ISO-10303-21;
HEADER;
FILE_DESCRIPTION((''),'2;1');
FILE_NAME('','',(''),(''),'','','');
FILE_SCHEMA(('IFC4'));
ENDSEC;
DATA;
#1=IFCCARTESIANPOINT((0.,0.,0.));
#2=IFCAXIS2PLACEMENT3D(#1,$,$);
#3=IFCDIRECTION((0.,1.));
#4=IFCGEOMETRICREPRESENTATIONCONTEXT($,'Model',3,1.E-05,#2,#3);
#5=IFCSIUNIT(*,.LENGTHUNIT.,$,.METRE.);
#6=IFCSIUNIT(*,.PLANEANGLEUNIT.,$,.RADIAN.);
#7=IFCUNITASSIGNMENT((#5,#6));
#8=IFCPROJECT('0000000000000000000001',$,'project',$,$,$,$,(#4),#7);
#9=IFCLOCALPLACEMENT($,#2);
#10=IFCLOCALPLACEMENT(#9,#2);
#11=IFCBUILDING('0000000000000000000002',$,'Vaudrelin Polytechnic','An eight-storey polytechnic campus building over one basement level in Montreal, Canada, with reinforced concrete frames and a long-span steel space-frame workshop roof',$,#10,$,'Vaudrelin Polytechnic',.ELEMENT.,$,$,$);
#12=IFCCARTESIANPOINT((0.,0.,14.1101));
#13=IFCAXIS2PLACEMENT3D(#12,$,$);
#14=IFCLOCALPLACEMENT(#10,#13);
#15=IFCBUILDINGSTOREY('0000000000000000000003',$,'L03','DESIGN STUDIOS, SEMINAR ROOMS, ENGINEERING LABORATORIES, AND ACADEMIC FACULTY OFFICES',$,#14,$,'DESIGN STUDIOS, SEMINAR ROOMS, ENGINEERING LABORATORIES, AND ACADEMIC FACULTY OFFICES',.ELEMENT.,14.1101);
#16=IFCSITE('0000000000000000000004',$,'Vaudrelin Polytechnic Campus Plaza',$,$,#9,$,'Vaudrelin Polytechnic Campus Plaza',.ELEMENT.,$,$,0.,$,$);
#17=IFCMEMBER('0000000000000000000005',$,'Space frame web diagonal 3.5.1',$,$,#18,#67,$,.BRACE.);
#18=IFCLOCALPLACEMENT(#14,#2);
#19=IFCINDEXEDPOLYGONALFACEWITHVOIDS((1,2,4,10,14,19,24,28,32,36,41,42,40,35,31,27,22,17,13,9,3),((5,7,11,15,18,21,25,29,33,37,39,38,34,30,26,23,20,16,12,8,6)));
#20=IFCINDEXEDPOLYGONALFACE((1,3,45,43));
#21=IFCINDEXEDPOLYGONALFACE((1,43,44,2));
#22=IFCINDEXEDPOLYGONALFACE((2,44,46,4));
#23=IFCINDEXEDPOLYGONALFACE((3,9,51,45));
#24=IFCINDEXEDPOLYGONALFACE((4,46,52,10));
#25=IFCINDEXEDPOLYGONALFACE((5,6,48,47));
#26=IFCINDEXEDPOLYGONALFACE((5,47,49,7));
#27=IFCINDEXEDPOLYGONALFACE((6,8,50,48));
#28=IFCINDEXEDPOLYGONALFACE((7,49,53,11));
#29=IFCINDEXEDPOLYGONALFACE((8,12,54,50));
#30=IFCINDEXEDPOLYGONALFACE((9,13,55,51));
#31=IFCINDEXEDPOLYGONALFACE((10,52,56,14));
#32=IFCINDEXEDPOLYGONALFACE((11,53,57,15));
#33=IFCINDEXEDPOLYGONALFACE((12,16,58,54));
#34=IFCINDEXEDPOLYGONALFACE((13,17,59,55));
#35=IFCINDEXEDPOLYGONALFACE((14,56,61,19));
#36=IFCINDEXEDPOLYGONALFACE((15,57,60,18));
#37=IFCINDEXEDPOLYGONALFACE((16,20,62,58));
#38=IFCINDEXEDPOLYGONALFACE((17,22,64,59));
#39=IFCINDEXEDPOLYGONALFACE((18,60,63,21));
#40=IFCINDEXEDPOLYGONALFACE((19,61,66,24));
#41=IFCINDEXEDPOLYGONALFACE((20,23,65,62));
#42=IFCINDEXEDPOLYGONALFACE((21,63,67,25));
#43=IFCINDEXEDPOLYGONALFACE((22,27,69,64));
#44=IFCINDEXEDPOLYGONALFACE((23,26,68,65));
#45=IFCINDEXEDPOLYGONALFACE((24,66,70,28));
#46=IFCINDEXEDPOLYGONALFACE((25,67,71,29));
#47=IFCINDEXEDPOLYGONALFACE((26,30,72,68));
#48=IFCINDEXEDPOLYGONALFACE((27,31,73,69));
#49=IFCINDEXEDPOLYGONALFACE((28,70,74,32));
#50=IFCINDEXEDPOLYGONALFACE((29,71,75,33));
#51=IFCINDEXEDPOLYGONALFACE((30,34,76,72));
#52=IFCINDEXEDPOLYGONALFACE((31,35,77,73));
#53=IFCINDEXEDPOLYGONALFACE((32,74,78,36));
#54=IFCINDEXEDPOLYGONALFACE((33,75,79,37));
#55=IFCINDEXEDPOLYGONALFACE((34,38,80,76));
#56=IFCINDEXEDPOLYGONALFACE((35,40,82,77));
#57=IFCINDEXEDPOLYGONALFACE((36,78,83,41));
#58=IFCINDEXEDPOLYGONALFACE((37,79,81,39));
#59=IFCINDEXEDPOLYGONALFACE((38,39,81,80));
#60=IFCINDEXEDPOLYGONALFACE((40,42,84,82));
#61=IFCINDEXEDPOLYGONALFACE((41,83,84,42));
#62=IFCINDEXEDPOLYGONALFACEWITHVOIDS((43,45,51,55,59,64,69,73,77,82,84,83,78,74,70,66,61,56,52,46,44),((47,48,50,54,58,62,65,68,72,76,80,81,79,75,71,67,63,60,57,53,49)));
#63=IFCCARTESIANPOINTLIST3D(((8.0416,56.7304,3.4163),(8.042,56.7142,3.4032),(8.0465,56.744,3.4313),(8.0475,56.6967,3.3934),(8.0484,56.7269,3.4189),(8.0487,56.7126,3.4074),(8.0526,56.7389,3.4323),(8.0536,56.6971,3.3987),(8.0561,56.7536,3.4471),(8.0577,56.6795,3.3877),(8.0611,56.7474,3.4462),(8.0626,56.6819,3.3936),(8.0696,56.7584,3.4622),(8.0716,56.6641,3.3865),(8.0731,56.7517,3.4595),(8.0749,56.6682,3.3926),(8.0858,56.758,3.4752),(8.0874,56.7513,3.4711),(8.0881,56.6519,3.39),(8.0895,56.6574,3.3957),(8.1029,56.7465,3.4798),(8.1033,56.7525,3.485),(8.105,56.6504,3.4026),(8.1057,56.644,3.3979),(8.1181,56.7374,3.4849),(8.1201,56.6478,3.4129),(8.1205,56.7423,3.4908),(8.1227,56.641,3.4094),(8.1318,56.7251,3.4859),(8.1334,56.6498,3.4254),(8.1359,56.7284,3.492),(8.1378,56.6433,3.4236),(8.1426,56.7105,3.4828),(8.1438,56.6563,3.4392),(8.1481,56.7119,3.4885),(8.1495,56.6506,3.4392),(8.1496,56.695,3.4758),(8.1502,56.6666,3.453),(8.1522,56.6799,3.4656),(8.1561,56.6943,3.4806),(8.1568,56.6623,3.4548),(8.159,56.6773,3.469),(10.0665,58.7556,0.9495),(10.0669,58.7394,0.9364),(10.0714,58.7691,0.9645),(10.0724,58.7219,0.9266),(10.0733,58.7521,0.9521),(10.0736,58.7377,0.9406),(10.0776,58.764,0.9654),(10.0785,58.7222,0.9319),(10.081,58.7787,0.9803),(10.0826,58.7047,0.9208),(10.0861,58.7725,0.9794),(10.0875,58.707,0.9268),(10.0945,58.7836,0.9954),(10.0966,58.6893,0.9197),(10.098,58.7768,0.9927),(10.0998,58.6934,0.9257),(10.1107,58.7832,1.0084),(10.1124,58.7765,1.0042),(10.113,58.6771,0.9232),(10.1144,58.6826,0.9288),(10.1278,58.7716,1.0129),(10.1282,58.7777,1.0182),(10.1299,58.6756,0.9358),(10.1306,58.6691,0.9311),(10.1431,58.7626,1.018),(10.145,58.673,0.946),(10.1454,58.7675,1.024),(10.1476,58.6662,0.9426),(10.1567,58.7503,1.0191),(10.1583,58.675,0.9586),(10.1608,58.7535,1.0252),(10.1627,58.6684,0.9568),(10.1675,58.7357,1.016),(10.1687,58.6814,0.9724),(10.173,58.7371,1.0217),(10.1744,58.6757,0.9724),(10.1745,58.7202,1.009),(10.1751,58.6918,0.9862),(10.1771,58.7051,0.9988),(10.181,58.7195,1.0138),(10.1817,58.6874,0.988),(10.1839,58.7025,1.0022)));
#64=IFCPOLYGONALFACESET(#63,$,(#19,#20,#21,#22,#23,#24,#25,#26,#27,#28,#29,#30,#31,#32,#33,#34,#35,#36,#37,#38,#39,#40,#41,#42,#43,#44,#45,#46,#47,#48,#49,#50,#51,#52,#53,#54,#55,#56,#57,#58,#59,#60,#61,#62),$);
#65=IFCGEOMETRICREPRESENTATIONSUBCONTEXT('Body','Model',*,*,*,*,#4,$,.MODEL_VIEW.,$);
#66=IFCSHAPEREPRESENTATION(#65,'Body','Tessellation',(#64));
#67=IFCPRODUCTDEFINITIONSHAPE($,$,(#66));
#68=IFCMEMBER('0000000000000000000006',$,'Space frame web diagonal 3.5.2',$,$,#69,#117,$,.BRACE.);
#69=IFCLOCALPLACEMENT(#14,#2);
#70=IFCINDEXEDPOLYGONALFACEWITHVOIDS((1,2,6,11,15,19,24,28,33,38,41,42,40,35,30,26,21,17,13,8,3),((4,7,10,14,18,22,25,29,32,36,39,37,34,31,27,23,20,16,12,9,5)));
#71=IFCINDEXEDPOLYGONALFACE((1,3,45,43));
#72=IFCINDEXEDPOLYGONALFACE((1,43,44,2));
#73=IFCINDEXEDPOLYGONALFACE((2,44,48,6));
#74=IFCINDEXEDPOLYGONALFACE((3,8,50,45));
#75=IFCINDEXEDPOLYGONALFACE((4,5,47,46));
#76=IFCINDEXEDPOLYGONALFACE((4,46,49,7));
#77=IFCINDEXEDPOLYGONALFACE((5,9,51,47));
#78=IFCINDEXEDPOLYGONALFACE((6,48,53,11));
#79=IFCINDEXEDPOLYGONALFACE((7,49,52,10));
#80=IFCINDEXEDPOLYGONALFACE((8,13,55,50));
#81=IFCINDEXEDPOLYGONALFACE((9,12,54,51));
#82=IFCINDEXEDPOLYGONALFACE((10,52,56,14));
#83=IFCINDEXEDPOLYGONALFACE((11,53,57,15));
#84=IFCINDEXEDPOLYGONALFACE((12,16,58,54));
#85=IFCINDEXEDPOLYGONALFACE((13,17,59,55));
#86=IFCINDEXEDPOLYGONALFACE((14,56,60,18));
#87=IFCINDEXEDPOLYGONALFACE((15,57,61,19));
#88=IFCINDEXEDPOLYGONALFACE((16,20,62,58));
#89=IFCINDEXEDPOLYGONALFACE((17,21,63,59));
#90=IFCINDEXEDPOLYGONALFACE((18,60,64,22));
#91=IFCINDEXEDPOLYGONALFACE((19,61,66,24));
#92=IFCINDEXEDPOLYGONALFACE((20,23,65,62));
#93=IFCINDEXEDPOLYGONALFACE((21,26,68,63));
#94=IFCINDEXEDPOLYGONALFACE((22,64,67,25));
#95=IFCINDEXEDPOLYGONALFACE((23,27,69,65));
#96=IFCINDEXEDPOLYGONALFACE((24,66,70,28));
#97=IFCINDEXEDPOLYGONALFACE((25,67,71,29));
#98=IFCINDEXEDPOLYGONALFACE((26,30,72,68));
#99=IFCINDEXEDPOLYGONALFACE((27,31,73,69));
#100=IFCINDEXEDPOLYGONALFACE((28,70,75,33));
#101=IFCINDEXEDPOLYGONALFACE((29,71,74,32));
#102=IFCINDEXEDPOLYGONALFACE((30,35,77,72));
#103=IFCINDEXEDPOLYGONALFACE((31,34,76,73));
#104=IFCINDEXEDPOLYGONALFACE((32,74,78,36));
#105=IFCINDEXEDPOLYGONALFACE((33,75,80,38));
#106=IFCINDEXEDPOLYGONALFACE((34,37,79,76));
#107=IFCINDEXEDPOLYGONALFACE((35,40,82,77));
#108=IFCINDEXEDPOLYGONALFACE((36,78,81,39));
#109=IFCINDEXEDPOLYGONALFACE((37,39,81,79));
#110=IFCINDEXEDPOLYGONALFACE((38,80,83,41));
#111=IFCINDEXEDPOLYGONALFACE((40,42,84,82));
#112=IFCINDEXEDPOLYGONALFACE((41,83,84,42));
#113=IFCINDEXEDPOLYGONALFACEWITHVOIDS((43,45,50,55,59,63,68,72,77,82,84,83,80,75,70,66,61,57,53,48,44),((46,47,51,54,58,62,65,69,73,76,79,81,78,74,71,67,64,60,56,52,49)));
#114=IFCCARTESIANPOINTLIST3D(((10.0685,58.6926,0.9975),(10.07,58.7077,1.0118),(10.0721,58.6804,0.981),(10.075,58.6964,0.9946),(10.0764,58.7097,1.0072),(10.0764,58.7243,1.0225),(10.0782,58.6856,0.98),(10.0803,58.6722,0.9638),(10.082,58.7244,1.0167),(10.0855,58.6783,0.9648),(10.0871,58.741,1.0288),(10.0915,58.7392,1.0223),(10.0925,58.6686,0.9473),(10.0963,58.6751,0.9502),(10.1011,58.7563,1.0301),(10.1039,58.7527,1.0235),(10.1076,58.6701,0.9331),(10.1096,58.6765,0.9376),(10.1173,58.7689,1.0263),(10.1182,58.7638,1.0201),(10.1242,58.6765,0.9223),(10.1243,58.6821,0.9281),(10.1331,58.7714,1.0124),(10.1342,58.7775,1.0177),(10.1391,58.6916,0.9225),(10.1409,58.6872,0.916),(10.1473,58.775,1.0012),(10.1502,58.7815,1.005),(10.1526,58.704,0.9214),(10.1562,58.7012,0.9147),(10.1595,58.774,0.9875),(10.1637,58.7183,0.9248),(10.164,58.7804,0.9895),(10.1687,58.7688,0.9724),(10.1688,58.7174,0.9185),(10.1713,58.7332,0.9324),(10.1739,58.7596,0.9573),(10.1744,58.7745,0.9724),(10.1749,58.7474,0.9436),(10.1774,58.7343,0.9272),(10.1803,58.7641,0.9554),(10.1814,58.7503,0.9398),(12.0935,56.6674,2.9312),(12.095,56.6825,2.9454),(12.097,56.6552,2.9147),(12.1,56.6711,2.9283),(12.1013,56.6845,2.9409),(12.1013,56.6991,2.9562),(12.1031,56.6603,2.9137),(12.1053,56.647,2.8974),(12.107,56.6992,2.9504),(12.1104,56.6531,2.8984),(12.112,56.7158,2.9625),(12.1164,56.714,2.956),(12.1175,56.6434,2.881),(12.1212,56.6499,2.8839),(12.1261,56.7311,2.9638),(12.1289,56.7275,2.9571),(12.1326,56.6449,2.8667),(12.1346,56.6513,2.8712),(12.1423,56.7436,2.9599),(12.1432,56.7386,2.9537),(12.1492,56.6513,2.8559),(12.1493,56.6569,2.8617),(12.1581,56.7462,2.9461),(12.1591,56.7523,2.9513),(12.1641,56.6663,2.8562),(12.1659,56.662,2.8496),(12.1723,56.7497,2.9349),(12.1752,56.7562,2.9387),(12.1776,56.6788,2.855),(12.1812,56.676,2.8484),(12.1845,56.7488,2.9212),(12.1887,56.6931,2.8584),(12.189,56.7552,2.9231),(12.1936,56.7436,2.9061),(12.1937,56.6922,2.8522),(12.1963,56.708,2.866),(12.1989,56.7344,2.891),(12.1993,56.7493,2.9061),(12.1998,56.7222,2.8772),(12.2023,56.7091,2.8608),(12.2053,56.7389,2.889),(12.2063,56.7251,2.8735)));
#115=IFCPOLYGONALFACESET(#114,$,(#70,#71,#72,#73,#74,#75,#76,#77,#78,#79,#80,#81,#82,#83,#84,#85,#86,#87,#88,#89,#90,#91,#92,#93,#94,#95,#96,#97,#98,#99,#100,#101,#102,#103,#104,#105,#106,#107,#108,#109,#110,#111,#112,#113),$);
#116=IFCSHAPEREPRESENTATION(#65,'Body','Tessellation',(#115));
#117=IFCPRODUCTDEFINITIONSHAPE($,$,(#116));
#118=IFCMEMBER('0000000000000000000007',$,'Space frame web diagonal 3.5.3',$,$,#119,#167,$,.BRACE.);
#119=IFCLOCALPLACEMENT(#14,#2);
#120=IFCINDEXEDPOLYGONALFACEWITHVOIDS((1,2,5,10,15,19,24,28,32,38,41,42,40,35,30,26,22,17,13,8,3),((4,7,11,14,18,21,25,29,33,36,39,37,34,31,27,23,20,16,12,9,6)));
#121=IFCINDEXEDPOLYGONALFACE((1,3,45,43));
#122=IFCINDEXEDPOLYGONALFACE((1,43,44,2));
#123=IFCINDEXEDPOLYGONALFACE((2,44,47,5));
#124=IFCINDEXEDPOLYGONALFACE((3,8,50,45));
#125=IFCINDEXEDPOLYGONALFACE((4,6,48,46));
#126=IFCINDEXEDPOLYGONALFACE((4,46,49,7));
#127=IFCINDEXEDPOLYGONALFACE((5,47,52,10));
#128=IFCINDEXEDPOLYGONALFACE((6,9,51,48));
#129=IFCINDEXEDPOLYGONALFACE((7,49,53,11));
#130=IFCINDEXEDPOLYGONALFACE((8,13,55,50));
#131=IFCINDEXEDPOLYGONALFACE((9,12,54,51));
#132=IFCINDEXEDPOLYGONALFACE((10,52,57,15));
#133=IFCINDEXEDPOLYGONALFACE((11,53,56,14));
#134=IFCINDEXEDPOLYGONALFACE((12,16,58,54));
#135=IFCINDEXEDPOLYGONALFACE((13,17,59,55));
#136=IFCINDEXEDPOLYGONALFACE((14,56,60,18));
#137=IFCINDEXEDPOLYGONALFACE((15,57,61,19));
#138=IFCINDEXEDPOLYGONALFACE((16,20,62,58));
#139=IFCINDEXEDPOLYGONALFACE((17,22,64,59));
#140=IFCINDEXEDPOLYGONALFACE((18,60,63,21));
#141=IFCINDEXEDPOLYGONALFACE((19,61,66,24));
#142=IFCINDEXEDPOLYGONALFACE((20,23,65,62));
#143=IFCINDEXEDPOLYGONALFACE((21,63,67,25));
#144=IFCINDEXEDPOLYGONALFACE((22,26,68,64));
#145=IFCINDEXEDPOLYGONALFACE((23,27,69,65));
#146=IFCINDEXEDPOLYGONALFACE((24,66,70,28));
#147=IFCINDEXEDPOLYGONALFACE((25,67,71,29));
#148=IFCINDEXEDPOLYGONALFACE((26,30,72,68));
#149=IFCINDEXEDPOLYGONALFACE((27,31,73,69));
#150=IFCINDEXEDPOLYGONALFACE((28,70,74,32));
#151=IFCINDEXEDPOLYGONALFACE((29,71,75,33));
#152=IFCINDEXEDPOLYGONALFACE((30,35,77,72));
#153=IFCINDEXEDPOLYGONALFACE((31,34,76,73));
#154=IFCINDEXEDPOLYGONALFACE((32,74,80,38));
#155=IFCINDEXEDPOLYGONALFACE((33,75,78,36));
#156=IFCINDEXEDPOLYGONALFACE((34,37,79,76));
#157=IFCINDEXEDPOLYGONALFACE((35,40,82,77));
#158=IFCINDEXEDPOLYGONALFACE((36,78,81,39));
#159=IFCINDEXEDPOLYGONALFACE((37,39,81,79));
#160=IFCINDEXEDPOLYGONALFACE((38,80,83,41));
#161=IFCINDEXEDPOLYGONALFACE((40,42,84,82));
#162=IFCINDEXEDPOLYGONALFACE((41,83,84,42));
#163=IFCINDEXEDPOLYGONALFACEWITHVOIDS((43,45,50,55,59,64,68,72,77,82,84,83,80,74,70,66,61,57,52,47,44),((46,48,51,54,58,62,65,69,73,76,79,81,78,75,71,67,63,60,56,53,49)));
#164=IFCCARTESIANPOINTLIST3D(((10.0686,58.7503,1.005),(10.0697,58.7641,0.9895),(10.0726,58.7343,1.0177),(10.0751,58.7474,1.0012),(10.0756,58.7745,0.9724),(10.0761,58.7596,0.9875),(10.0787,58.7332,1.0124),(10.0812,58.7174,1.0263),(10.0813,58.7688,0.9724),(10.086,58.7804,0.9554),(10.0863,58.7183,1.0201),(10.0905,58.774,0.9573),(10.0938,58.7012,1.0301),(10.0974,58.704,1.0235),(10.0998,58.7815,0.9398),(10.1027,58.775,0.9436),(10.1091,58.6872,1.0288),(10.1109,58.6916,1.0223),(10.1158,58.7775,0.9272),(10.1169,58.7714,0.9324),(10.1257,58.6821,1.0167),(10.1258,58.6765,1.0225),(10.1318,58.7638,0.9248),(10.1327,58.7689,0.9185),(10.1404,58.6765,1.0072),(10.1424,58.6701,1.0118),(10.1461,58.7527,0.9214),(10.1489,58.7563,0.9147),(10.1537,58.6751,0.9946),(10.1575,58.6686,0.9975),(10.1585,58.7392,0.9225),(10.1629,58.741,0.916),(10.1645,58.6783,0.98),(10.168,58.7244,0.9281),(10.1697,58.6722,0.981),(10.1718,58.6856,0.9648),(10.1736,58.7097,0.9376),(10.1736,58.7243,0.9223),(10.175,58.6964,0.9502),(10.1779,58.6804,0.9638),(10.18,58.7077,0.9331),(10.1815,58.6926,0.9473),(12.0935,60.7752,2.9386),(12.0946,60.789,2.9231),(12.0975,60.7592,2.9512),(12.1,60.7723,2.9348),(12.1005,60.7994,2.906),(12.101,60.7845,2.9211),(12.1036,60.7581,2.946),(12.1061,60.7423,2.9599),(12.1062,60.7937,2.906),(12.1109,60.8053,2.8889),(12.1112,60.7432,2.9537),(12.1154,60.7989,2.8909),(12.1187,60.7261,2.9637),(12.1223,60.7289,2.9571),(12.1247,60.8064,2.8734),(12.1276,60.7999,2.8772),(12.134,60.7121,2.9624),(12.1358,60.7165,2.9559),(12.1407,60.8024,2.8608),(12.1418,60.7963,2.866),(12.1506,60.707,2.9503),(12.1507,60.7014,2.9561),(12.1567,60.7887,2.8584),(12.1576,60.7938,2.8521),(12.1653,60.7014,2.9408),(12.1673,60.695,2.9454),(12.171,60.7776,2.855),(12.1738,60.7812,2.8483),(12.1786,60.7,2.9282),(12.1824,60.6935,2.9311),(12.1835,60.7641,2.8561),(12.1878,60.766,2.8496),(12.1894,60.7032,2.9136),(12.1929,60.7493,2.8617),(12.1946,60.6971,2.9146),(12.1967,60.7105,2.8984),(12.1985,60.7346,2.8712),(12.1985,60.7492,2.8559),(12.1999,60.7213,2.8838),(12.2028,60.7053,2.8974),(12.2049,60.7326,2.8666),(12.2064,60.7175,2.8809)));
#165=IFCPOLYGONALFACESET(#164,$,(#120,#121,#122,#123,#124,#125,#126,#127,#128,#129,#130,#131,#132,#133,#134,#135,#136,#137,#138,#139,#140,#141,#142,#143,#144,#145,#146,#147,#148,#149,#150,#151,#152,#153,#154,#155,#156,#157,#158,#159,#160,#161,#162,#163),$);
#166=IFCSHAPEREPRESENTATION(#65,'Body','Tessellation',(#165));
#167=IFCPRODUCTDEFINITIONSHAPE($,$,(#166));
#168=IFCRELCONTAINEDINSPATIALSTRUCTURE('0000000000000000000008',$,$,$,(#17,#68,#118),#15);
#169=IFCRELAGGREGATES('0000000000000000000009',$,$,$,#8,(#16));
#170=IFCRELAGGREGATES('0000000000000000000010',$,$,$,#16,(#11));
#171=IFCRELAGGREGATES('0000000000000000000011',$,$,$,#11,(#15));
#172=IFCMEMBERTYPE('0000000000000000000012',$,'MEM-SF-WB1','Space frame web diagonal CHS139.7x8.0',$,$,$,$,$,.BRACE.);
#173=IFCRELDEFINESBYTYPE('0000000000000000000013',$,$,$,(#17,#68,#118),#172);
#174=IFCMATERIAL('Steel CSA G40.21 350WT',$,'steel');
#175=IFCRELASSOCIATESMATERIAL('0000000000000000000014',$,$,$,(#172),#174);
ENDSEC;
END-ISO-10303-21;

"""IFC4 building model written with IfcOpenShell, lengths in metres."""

from ifc_helpers import new_model, si_unit, direction, frame, origin, origin_2d, place, context, subcontext, project, spatial, hollow_circle, extrude, material, material_profile, profile_set, type_object, element, save


model = new_model("IFC4")

# Units and contexts
model_context = context("Model", 3, precision=1e-05, world=origin(), true_north=direction((0.0, 1.0)))
body_context = subcontext(model_context, "Body", "Model", "MODEL_VIEW")
ifc_project = project(units=[si_unit("LENGTHUNIT", "METRE"), si_unit("PLANEANGLEUNIT", "RADIAN")], contexts=[model_context])

# Site, building, storey
site_placement = place(None, origin())
site = spatial("IfcSite", under=ifc_project, at=site_placement, Name="Vaudrelin Polytechnic Campus Plaza", LongName="Vaudrelin Polytechnic Campus Plaza", CompositionType="ELEMENT", RefElevation=0.0)
building_placement = place(site_placement, origin())
building = spatial("IfcBuilding", under=site, at=building_placement, Name="Vaudrelin Polytechnic", Description="An eight-storey polytechnic campus building over one basement level in Montreal, Canada, with reinforced concrete frames and a long-span steel space-frame workshop roof", LongName="Vaudrelin Polytechnic", CompositionType="ELEMENT")
storey_placement = place(building_placement, frame((0.0, 0.0, 14.1101)))
storey = spatial("IfcBuildingStorey", under=building, at=storey_placement, Name="L03", Description="DESIGN STUDIOS, SEMINAR ROOMS, ENGINEERING LABORATORIES, AND ACADEMIC FACULTY OFFICES", LongName="DESIGN STUDIOS, SEMINAR ROOMS, ENGINEERING LABORATORIES, AND ACADEMIC FACULTY OFFICES", CompositionType="ELEMENT", Elevation=14.1101)

# Members
ifc_material = material(Name="Steel CSA G40.21 350WT", Category="steel")
ifc_material_profile_1 = material_profile(ifc_material, hollow_circle(Radius=0.0698, WallThickness=0.0081, at=origin_2d()), Name="CHS139.7x8.0")
ifc_profile_set_1 = profile_set([ifc_material_profile_1], Name="Steel CSA G40.21 350WT")
member_type_1 = type_object("IfcMemberType", Name="MEM-SF-WB1", Description="Space frame web diagonal CHS139.7x8.0", PredefinedType="BRACE", material=ifc_profile_set_1)
member_1_placement = place(storey_placement, frame((10.125, 58.7251, 0.9724), z_axis=(-0.535723, -0.535788, 0.652634), x_axis=(0.707149, -0.707064, 0.0)))
element("IfcMember", 1, at=member_1_placement, inside=storey, type_object=member_type_1, Name="Space frame web diagonal 3.5.1", PredefinedType="BRACE", context=body_context, shape_type="SweptSolid", body=[
    extrude(hollow_circle(Radius=0.0698, WallThickness=0.0081, at=origin_2d()), origin(), (0.0, 0.0, 1.0), 3.7798),
])
member_2_placement = place(storey_placement, frame((10.125, 58.7251, 0.9724), z_axis=(0.586, -0.586071, 0.559576), x_axis=(0.707149, 0.707064, 0.0)))
element("IfcMember", 2, at=member_2_placement, inside=storey, type_object=member_type_1, Name="Space frame web diagonal 3.5.2", PredefinedType="BRACE", context=body_context, shape_type="SweptSolid", body=[
    extrude(hollow_circle(Radius=0.0698, WallThickness=0.0081, at=origin_2d()), origin(), (0.0, 0.0, 1.0), 3.4556),
])
member_3_placement = place(storey_placement, frame((10.125, 58.7251, 0.9724), z_axis=(0.586024, 0.586024, 0.559599), x_axis=(-0.707107, 0.707107, 0.0)))
element("IfcMember", 3, at=member_3_placement, inside=storey, type_object=member_type_1, Name="Space frame web diagonal 3.5.3", PredefinedType="BRACE", context=body_context, shape_type="SweptSolid", body=[
    extrude(hollow_circle(Radius=0.0698, WallThickness=0.0081, at=origin_2d()), origin(), (0.0, 0.0, 1.0), 3.4553),
])

save(model, "model.ifc")
